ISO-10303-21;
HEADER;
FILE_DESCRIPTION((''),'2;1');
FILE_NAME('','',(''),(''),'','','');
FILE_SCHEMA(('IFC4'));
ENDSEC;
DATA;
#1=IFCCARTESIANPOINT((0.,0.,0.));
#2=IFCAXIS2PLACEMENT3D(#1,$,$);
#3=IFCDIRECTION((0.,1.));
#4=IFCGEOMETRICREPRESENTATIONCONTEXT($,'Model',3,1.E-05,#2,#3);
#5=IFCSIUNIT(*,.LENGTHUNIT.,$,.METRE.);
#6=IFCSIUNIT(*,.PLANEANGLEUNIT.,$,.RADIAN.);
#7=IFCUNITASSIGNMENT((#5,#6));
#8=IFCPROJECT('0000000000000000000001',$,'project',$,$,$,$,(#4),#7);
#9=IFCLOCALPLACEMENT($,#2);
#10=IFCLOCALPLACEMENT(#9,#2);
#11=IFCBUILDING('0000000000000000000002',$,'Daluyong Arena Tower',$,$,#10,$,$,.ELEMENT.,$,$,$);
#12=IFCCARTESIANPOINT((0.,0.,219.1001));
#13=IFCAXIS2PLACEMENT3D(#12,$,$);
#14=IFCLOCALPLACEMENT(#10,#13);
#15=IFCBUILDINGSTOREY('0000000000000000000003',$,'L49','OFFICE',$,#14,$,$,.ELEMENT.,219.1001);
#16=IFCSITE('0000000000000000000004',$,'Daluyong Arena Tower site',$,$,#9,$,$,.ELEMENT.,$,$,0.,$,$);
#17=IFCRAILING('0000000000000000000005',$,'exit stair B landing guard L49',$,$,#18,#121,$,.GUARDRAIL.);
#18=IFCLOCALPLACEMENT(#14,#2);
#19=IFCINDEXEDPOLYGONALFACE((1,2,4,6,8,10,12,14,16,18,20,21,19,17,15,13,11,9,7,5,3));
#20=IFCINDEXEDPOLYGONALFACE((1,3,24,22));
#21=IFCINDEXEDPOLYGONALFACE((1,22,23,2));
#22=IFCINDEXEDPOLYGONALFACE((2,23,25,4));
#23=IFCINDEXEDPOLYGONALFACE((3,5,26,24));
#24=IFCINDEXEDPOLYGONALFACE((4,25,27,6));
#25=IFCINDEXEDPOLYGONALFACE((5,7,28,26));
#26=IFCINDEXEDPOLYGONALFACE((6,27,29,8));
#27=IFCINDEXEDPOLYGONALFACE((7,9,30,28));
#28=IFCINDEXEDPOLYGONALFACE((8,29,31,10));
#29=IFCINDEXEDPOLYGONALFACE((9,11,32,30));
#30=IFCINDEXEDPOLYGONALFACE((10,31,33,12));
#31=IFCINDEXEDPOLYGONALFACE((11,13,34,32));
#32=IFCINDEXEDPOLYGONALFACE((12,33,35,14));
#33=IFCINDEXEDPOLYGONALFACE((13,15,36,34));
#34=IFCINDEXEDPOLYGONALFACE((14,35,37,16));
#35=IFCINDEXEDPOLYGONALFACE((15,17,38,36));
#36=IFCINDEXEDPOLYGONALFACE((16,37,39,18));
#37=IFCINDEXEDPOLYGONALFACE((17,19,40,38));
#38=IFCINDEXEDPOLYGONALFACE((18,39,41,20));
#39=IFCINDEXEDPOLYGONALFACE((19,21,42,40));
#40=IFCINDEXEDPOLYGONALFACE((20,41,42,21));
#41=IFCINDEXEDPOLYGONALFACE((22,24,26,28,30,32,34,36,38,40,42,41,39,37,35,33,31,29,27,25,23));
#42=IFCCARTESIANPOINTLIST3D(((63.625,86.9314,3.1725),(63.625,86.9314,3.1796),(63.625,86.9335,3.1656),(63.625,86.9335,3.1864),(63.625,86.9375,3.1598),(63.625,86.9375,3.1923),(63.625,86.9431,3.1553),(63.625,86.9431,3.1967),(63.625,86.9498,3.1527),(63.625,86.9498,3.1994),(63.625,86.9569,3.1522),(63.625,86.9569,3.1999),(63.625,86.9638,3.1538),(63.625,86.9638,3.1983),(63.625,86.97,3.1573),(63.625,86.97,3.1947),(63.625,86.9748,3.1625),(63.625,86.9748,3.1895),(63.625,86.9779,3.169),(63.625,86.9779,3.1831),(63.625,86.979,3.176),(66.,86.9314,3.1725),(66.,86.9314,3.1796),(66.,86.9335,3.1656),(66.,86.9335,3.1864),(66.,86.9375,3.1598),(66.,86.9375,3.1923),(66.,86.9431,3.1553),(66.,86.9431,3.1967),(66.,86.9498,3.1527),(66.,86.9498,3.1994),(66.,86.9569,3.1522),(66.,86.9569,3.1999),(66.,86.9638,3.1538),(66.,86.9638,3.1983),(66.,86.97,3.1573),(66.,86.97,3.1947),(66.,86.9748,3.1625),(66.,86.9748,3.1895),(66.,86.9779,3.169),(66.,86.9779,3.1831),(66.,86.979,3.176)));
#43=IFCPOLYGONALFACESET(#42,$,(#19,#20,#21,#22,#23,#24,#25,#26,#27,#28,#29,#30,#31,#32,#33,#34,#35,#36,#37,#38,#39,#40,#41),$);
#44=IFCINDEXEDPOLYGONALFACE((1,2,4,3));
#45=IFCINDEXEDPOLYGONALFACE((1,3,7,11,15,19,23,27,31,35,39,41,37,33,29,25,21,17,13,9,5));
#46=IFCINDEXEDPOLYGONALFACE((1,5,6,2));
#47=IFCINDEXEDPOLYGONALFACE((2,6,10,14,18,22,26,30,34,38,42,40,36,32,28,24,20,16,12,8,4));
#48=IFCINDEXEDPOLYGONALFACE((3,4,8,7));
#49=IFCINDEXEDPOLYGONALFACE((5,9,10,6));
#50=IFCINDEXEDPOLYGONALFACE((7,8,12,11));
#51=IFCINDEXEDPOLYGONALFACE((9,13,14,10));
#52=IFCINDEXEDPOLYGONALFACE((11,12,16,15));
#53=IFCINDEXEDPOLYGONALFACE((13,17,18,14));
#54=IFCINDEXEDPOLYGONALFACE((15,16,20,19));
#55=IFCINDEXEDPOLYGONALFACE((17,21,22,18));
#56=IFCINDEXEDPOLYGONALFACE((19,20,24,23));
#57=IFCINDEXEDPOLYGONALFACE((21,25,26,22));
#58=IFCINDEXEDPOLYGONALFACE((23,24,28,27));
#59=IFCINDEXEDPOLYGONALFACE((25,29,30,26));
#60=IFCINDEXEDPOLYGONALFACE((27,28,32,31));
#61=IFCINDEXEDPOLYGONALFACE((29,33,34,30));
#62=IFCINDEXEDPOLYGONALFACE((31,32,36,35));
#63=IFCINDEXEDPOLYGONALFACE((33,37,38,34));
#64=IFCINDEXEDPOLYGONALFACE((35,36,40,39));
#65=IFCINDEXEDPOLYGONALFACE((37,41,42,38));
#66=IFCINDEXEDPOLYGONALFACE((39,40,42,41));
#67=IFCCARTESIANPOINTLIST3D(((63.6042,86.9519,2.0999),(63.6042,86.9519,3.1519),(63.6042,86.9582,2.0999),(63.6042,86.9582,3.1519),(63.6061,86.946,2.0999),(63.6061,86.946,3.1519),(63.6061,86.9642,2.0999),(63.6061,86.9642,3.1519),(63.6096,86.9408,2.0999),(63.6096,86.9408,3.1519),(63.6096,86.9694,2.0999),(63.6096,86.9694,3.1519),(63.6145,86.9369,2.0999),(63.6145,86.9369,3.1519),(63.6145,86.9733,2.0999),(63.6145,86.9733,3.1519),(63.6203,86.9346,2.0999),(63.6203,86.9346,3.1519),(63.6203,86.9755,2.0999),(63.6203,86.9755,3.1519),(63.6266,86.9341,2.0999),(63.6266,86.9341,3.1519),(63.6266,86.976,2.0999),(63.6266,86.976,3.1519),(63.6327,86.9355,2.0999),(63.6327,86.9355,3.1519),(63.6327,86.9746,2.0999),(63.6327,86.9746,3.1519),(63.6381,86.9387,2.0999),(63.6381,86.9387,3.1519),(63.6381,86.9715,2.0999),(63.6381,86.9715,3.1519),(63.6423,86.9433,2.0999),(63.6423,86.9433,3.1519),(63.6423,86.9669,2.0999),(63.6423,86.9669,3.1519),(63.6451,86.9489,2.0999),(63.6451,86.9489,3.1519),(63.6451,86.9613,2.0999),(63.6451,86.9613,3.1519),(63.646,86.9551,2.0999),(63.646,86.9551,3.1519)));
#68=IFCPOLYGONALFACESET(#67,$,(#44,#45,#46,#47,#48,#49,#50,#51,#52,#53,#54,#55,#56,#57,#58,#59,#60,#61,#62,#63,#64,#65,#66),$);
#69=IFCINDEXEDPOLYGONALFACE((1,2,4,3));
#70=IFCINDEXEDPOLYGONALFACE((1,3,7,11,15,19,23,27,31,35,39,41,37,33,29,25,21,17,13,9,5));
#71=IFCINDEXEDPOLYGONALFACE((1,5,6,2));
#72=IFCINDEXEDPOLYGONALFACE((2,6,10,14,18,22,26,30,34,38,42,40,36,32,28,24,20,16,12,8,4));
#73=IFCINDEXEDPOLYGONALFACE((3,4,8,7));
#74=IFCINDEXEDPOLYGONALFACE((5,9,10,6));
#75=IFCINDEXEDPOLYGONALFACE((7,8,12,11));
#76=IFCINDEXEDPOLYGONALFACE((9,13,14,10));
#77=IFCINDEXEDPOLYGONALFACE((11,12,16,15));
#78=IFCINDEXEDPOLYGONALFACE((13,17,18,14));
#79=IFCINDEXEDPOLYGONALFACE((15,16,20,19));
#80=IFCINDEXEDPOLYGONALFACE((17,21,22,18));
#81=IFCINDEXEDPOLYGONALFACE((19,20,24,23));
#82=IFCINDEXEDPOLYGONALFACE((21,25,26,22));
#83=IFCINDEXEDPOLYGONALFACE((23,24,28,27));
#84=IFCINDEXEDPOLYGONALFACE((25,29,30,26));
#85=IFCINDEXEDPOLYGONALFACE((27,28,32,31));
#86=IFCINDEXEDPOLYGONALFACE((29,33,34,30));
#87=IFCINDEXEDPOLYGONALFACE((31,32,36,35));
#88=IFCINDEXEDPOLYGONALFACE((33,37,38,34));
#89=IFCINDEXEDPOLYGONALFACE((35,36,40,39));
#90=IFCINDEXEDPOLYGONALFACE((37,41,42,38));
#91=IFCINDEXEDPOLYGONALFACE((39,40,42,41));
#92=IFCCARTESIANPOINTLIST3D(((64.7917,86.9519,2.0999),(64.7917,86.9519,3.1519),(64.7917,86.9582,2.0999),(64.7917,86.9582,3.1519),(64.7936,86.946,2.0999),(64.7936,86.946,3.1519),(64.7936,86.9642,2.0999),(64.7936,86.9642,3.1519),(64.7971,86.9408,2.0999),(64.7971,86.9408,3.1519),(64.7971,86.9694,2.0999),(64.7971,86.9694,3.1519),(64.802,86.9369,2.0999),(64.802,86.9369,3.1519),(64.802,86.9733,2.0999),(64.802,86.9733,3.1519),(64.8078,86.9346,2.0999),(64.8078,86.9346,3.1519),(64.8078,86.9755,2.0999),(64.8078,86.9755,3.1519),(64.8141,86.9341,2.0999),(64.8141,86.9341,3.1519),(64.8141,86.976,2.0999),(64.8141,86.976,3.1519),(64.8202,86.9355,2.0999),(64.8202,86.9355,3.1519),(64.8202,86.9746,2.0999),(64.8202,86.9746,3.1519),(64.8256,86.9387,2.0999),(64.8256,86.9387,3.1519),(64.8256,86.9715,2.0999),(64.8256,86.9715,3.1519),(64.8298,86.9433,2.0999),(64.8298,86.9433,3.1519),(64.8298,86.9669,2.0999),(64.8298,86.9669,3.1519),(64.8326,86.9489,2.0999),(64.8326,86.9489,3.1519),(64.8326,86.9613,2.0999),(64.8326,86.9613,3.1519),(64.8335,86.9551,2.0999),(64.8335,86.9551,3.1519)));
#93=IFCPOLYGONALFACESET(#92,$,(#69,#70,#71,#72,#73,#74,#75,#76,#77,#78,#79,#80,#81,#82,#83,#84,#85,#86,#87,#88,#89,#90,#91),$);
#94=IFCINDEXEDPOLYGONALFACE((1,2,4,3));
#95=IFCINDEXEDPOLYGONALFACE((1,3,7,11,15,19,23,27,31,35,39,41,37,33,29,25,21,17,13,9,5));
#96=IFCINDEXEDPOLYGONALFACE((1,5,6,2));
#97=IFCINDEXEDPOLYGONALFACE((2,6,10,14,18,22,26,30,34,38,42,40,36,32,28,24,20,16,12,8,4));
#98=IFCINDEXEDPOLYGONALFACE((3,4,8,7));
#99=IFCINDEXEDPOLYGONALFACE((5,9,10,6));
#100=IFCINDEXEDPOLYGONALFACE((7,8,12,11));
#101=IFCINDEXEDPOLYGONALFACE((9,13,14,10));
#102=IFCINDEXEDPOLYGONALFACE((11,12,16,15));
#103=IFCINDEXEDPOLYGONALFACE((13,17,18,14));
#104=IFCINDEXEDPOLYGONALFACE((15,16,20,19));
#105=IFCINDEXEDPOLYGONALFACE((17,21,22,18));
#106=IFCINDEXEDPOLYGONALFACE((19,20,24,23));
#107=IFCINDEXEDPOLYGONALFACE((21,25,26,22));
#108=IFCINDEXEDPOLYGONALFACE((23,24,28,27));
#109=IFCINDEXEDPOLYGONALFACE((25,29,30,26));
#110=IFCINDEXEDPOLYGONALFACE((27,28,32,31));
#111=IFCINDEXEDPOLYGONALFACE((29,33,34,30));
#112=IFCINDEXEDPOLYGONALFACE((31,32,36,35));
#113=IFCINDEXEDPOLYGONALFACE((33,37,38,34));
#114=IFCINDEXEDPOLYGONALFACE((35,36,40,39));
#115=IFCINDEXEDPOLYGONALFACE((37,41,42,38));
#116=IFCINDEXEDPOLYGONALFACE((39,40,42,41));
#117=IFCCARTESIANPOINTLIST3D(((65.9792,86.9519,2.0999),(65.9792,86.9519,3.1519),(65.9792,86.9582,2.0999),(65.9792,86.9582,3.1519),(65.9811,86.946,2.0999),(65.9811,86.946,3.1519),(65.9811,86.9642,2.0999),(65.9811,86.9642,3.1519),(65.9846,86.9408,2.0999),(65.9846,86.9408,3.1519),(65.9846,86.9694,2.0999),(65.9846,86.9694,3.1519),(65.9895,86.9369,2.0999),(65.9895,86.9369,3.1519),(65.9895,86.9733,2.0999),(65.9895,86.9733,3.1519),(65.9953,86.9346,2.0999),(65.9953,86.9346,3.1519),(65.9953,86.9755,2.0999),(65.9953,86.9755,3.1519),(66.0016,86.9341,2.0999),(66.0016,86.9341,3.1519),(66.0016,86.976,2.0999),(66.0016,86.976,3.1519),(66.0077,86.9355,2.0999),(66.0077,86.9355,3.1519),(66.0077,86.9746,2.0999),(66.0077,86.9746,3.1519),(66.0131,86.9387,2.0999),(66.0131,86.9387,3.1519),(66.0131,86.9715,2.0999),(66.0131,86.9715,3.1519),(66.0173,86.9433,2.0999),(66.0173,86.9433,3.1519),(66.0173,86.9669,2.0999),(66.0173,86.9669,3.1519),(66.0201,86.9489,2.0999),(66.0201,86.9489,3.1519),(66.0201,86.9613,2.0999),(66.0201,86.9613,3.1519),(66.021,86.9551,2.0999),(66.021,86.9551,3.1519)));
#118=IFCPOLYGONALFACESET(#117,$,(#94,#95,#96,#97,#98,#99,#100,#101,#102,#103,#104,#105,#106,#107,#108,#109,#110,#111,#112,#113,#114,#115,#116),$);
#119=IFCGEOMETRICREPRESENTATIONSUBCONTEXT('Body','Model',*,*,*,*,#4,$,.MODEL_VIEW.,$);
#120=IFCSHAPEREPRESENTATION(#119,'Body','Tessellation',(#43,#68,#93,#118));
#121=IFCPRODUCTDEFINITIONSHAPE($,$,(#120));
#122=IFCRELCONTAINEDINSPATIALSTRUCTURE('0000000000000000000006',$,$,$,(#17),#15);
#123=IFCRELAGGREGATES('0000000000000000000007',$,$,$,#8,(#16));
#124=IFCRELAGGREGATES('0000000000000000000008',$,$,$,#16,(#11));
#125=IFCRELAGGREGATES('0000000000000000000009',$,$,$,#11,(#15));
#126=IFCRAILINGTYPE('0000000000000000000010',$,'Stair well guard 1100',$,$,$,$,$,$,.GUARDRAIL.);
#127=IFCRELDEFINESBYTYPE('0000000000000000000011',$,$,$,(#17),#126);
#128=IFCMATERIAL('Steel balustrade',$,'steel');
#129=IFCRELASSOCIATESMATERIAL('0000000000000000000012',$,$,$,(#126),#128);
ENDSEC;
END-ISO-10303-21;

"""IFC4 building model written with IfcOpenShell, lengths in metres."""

from ifc_helpers import new_model, si_unit, direction, frame, origin, origin_2d, place, context, subcontext, project, spatial, circle, extrude, material, type_object, element, save


model = new_model("IFC4")

# Units and contexts
model_context = context("Model", 3, precision=1e-05, world=origin(), true_north=direction((0.0, 1.0)))
body_context = subcontext(model_context, "Body", "Model", "MODEL_VIEW")
ifc_project = project(units=[si_unit("LENGTHUNIT", "METRE"), si_unit("PLANEANGLEUNIT", "RADIAN")], contexts=[model_context])

# Site, building, storey
site_placement = place(None, origin())
site = spatial("IfcSite", under=ifc_project, at=site_placement, Name="Daluyong Arena Tower site", CompositionType="ELEMENT", RefElevation=0.0)
building_placement = place(site_placement, origin())
building = spatial("IfcBuilding", under=site, at=building_placement, Name="Daluyong Arena Tower", CompositionType="ELEMENT")
storey_placement = place(building_placement, frame((0.0, 0.0, 219.1001)))
storey = spatial("IfcBuildingStorey", under=building, at=storey_placement, Name="L49", Description="OFFICE", CompositionType="ELEMENT", Elevation=219.1001)

# Railing
ifc_material_1 = material(Name="Steel balustrade", Category="steel")
railing_type_1 = type_object("IfcRailingType", Name="Stair well guard 1100", PredefinedType="GUARDRAIL", material=ifc_material_1)
railing_1_placement = place(storey_placement, frame((63.625, 86.9551, 2.0999)))
element("IfcRailing", 1, at=railing_1_placement, inside=storey, type_object=railing_type_1, Name="exit stair B landing guard L49", PredefinedType="GUARDRAIL", context=body_context, shape_type="SweptSolid", body=[
    extrude(circle(Radius=0.0239, at=origin_2d()), frame((0.0, 0.0, 1.0762), z_axis=(1.0, 0.0, 0.0), x_axis=(0.0, 1.0, 0.0)), (0.0, 0.0, 1.0), 2.375),
    extrude(circle(Radius=0.021, at=origin_2d()), origin(), (0.0, 0.0, 1.0), 1.052),
    extrude(circle(Radius=0.021, at=origin_2d()), frame((1.1875, 0.0, 0.0)), (0.0, 0.0, 1.0), 1.052),
    extrude(circle(Radius=0.021, at=origin_2d()), frame((2.375, 0.0, 0.0)), (0.0, 0.0, 1.0), 1.052),
])

save(model, "model.ifc")
